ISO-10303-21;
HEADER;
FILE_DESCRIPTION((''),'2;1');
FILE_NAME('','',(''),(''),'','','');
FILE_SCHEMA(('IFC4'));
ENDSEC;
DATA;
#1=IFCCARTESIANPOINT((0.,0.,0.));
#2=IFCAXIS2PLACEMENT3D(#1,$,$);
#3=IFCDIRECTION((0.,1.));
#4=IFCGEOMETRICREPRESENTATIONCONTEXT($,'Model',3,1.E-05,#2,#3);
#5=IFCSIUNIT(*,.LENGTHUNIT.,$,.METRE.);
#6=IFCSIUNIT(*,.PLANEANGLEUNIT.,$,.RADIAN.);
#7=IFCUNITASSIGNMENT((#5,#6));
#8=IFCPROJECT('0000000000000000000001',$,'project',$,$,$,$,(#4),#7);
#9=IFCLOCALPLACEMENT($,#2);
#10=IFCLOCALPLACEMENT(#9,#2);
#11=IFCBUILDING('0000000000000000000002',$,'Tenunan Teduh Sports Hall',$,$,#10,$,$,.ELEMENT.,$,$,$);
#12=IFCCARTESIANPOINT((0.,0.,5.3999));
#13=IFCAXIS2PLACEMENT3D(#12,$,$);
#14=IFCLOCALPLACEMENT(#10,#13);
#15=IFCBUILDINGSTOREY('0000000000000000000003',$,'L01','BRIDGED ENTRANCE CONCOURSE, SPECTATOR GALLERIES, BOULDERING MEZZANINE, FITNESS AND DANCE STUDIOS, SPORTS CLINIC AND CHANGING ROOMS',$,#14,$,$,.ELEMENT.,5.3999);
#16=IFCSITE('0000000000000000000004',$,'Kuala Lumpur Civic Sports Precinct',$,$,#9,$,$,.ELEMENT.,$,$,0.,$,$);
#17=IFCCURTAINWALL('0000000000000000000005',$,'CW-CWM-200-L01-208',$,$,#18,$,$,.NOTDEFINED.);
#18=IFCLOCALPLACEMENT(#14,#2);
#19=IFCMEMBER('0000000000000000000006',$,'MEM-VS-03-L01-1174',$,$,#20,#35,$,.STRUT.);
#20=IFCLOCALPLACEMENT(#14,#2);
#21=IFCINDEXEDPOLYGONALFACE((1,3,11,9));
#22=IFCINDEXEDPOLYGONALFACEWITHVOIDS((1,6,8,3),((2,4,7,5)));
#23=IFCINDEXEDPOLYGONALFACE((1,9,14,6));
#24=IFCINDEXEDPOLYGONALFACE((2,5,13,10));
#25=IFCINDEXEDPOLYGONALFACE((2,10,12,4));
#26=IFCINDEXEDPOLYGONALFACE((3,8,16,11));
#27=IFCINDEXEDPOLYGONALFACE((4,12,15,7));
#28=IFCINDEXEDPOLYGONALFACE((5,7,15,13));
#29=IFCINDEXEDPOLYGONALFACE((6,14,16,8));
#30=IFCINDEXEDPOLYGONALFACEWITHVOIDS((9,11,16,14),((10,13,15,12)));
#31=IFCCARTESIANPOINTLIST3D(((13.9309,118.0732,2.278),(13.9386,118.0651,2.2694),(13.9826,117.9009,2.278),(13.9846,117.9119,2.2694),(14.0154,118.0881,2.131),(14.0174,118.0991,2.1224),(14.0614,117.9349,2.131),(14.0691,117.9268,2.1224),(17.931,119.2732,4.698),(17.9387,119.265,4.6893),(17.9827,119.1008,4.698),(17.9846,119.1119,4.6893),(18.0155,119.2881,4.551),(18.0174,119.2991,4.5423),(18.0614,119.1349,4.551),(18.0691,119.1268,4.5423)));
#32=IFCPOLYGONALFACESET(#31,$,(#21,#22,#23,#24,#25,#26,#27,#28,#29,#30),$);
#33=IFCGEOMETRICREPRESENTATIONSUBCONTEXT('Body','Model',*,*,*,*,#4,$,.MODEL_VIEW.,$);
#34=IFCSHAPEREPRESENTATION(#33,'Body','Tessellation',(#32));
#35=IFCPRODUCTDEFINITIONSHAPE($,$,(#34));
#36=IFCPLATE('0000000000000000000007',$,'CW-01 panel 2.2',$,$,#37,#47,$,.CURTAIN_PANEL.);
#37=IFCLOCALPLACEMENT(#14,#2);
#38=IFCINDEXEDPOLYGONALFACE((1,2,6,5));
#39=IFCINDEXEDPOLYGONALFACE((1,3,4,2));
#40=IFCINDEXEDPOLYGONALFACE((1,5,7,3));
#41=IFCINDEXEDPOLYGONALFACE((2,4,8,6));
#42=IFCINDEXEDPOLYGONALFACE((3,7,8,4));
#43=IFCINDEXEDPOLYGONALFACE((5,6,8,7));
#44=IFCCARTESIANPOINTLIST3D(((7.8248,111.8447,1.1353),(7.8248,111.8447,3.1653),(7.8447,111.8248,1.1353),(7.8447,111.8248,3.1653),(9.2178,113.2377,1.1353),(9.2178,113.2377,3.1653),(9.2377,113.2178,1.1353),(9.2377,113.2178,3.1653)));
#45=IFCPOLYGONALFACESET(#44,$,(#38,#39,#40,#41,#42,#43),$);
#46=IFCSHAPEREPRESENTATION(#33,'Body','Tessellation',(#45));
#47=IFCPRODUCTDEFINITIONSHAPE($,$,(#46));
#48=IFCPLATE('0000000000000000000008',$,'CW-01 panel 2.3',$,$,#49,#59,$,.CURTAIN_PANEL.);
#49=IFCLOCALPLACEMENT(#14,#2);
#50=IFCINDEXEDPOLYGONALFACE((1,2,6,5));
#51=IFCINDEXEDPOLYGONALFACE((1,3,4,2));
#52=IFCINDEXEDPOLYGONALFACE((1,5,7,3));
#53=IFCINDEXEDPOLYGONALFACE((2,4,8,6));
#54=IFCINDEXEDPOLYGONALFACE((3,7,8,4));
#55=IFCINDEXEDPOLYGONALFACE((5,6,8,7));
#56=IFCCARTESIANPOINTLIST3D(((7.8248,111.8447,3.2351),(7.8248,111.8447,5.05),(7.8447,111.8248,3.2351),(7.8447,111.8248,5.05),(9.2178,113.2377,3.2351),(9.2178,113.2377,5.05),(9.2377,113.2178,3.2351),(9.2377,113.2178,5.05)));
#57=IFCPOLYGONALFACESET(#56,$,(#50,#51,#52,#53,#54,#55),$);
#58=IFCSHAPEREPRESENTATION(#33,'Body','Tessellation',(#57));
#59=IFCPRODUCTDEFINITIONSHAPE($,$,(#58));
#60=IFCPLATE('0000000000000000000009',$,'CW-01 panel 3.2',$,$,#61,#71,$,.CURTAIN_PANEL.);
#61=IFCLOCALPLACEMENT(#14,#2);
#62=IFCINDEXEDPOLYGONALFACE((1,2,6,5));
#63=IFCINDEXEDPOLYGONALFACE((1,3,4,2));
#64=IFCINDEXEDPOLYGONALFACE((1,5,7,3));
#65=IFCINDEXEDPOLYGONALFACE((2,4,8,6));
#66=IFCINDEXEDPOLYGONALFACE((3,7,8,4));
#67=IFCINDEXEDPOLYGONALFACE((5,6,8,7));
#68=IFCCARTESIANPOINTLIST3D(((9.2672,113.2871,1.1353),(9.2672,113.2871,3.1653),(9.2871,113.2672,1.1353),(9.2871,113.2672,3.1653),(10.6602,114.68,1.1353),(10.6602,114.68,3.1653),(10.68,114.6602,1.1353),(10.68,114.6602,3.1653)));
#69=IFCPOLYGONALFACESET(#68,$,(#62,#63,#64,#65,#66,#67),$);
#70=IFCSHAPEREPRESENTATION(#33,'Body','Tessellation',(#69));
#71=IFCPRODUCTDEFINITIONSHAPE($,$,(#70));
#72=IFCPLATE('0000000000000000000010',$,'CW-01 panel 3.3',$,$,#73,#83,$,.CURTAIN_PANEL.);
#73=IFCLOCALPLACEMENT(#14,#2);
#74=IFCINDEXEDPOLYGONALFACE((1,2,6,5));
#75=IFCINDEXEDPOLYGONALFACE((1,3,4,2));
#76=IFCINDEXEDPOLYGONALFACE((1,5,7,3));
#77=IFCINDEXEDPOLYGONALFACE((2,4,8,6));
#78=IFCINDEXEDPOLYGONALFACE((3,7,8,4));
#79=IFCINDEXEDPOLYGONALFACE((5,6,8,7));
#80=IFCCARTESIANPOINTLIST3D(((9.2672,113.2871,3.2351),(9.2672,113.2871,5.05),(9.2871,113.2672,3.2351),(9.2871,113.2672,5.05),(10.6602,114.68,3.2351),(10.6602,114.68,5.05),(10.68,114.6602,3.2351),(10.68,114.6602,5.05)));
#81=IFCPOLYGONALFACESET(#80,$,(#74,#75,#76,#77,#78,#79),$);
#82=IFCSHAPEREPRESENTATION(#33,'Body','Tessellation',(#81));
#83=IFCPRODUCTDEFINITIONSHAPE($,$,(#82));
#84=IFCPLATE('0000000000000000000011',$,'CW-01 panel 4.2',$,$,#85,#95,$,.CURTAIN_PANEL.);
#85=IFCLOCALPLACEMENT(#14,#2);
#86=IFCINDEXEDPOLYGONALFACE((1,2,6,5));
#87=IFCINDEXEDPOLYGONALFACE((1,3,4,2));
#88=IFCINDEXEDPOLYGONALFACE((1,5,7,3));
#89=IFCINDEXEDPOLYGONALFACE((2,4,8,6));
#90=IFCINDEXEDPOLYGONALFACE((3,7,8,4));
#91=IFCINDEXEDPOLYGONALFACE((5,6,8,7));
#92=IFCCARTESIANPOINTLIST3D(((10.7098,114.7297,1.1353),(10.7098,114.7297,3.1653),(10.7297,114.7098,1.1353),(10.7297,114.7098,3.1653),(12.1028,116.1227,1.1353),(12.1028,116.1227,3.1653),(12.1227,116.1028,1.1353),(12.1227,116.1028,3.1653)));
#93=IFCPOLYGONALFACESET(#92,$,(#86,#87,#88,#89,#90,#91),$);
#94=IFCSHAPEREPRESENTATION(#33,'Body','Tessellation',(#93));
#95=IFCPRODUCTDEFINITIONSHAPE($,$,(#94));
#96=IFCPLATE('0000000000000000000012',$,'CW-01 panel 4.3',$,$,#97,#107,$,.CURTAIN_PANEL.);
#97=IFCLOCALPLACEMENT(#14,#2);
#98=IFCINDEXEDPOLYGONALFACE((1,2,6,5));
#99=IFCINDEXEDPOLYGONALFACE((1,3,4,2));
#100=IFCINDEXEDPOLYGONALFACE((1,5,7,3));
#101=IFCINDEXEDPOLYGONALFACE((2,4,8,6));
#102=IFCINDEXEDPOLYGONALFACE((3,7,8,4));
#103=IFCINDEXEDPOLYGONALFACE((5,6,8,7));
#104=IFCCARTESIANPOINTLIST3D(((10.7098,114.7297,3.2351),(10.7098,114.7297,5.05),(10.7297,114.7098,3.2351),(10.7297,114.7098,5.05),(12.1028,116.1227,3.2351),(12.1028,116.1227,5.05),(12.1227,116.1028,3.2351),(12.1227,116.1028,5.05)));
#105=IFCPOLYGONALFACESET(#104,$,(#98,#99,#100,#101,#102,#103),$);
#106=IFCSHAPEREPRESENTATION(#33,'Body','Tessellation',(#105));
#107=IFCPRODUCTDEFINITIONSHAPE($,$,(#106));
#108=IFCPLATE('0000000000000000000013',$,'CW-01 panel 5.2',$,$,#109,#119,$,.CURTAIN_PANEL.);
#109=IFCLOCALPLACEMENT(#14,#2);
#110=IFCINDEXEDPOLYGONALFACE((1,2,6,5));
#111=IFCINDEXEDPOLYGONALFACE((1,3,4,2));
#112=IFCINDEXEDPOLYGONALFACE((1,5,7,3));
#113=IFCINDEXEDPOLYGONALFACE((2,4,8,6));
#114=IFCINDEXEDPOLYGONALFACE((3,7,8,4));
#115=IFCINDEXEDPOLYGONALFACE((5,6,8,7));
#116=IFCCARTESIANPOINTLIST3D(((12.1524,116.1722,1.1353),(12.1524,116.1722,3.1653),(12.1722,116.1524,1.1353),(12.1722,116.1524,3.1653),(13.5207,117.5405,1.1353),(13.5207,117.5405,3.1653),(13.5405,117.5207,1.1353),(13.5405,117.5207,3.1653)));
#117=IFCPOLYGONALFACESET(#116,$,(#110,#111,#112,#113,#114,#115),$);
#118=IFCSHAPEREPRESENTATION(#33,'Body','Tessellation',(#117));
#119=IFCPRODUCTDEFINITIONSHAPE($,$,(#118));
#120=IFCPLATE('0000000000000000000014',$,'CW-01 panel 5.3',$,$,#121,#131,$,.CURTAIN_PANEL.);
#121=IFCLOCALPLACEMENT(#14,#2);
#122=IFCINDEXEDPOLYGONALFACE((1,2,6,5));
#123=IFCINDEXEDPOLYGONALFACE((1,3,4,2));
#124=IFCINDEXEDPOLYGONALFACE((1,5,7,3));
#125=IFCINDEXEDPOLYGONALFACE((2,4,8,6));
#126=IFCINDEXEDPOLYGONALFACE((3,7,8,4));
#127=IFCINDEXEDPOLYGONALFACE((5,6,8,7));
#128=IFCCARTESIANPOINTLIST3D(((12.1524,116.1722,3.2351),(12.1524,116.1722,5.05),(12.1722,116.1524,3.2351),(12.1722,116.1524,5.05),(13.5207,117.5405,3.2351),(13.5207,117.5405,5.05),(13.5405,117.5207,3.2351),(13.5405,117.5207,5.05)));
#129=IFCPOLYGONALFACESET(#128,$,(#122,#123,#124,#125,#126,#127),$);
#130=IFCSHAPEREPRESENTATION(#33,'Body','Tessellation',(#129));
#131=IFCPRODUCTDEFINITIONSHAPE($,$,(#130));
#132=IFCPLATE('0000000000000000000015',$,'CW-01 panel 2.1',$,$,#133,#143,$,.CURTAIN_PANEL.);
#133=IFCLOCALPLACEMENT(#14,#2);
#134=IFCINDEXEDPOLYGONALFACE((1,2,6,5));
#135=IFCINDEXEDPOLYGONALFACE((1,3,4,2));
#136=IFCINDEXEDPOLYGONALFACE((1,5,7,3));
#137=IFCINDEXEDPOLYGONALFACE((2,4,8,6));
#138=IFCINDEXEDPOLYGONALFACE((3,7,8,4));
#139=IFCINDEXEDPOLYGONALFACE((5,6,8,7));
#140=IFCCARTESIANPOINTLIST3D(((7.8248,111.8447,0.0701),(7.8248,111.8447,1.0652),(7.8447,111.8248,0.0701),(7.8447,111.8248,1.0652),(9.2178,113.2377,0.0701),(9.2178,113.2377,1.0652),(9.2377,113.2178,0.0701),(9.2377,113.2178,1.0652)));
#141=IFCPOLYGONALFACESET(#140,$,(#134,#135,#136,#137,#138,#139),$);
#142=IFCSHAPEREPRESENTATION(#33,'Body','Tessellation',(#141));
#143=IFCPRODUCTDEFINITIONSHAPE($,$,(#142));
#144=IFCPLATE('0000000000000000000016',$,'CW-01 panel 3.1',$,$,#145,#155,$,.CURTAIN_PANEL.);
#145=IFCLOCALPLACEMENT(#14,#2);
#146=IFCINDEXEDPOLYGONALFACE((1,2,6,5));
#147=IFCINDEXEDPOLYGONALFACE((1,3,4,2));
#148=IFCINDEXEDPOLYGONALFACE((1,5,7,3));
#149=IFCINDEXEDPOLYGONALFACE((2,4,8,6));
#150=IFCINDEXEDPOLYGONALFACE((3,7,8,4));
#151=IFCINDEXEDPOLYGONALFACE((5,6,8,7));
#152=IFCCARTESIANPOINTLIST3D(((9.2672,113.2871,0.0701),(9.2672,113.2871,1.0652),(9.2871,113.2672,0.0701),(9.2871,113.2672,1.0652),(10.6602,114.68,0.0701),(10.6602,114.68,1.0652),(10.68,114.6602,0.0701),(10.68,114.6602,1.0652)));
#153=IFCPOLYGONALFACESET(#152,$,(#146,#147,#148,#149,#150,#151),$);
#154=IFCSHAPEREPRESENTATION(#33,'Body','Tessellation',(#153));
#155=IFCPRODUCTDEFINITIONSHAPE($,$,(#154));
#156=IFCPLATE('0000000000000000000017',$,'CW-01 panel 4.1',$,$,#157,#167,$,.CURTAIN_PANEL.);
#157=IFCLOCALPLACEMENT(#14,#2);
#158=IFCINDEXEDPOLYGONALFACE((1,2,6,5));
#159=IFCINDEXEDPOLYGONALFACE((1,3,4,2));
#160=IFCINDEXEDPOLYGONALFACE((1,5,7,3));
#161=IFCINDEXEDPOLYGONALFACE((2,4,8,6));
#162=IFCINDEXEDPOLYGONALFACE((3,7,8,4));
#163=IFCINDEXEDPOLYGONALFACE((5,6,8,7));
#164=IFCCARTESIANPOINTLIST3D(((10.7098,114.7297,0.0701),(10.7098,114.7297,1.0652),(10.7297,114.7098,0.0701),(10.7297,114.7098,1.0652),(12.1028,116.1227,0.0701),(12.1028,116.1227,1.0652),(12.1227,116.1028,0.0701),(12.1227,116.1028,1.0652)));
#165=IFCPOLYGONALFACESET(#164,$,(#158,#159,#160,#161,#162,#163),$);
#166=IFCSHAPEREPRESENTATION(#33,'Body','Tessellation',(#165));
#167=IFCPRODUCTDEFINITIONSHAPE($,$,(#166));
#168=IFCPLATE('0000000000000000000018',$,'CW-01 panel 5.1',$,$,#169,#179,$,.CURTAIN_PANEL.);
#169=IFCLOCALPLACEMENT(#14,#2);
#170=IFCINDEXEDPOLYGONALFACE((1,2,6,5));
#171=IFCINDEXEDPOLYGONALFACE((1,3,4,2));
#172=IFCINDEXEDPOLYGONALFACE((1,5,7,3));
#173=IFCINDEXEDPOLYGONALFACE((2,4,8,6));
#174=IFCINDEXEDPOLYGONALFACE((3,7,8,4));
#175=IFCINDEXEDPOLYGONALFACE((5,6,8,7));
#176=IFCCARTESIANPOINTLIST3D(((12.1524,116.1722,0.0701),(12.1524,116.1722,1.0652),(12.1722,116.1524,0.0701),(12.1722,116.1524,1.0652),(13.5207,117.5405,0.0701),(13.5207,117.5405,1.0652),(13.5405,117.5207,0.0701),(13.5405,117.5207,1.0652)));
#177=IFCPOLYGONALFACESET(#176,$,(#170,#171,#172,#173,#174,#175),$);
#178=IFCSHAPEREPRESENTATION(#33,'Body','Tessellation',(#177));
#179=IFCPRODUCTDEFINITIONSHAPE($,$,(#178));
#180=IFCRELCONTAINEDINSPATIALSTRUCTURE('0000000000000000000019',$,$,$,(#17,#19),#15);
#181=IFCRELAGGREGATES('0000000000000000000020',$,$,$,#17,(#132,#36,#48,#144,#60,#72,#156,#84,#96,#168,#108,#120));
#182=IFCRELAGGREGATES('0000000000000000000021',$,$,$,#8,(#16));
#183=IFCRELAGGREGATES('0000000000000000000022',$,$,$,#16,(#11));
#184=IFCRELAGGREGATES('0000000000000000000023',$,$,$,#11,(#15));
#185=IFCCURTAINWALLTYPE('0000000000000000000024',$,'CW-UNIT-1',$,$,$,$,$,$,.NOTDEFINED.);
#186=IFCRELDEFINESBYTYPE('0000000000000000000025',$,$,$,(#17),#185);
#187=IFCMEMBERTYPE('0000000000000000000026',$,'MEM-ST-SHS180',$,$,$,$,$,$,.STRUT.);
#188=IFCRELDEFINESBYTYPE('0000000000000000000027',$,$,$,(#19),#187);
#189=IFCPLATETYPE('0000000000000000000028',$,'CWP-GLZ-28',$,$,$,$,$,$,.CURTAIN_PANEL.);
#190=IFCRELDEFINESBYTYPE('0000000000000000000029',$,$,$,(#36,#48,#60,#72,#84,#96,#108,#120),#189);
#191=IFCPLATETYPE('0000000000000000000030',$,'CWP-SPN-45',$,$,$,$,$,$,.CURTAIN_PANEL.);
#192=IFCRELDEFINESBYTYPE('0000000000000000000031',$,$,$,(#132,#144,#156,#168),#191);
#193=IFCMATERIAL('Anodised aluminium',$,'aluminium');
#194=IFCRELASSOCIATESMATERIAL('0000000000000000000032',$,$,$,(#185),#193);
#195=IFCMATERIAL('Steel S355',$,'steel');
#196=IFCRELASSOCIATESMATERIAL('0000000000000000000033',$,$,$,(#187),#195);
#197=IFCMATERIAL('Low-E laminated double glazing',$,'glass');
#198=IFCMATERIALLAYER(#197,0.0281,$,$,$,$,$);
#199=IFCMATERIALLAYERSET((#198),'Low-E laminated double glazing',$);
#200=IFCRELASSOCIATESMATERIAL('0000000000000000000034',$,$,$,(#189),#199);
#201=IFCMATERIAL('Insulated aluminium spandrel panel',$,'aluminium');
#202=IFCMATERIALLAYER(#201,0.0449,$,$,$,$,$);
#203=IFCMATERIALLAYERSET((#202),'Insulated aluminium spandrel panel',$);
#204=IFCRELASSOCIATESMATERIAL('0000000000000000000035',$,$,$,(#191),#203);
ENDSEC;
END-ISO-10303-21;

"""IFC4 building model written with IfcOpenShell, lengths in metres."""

from ifc_helpers import new_model, si_unit, direction, frame, origin, origin_2d, place, context, subcontext, project, spatial, rectangle, hollow_rectangle, extrude, material, layer, layer_set, material_profile, profile_set, type_object, element, aggregate, save


model = new_model("IFC4")

# Units and contexts
model_context = context("Model", 3, precision=1e-05, world=origin(), true_north=direction((0.0, 1.0)))
body_context = subcontext(model_context, "Body", "Model", "MODEL_VIEW")
ifc_project = project(units=[si_unit("LENGTHUNIT", "METRE"), si_unit("PLANEANGLEUNIT", "RADIAN")], contexts=[model_context])

# Site, building, storey
site_placement = place(None, origin())
site = spatial("IfcSite", under=ifc_project, at=site_placement, Name="Kuala Lumpur Civic Sports Precinct", CompositionType="ELEMENT", RefElevation=0.0)
building_placement = place(site_placement, origin())
building = spatial("IfcBuilding", under=site, at=building_placement, Name="Tenunan Teduh Sports Hall", CompositionType="ELEMENT")
storey_placement = place(building_placement, frame((0.0, 0.0, 5.3999)))
storey = spatial("IfcBuildingStorey", under=building, at=storey_placement, Name="L01", Description="BRIDGED ENTRANCE CONCOURSE, SPECTATOR GALLERIES, BOULDERING MEZZANINE, FITNESS AND DANCE STUDIOS, SPORTS CLINIC AND CHANGING ROOMS", CompositionType="ELEMENT", Elevation=5.3999)

# Curtain wall
ifc_material_1 = material(Name="Anodised aluminium", Category="aluminium")
curtain_wall_type = type_object("IfcCurtainWallType", Name="CW-UNIT-1", PredefinedType="NOTDEFINED", material=ifc_material_1)
curtain_wall_1_placement = place(storey_placement, origin())
curtain_wall_1 = element("IfcCurtainWall", 1, at=curtain_wall_1_placement, inside=storey, type_object=curtain_wall_type, Name="CW-CWM-200-L01-208", PredefinedType="NOTDEFINED")

# Member
ifc_material_2 = material(Name="Steel S355", Category="steel")
ifc_material_profile_1 = material_profile(ifc_material_2, hollow_rectangle(XDim=0.1799, YDim=0.1799, WallThickness=0.01, at=origin_2d()), Name="SHS 180x180x10.0")
ifc_profile_set_1 = profile_set([ifc_material_profile_1], Name="Steel S355")
member_type_1 = type_object("IfcMemberType", Name="MEM-ST-SHS180", PredefinedType="STRUT", material=ifc_profile_set_1)
member_1_placement = place(storey_placement, frame((14.0, 118.0, 2.2002), z_axis=(0.828744, 0.248613, 0.501374), x_axis=(-0.287337, 0.95783, 0.0)))
element("IfcMember", 2, at=member_1_placement, inside=storey, type_object=member_type_1, Name="MEM-VS-03-L01-1174", PredefinedType="STRUT", context=body_context, shape_type="SweptSolid", body=[
    extrude(hollow_rectangle(XDim=0.1799, YDim=0.1799, WallThickness=0.01, at=origin_2d()), origin(), (0.0, 0.0, 1.0), 4.8267),
])

# Plates
ifc_material_3 = material(Name="Low-E laminated double glazing", Category="glass")
ifc_layer_1 = layer(ifc_material_3, 0.0281)
ifc_layer_set_1 = layer_set([ifc_layer_1], Name="Low-E laminated double glazing")
plate_type_1 = type_object("IfcPlateType", Name="CWP-GLZ-28", PredefinedType="CURTAIN_PANEL", material=ifc_layer_set_1)
plate_1_placement = place(storey_placement, frame((8.5312, 112.5312, 1.1353), z_axis=(0.0, 0.0, 1.0), x_axis=(0.707107, 0.707107, 0.0)))
plate_1 = element("IfcPlate", 3, at=plate_1_placement, type_object=plate_type_1, Name="CW-01 panel 2.2", PredefinedType="CURTAIN_PANEL", context=body_context, shape_type="SweptSolid", body=[
    extrude(rectangle(XDim=1.97, YDim=0.0281, at=origin_2d()), origin(), (0.0, 0.0, 1.0), 2.03),
])
plate_2_placement = place(storey_placement, frame((8.5312, 112.5312, 3.2351), z_axis=(0.0, 0.0, 1.0), x_axis=(0.707107, 0.707107, 0.0)))
plate_2 = element("IfcPlate", 4, at=plate_2_placement, type_object=plate_type_1, Name="CW-01 panel 2.3", PredefinedType="CURTAIN_PANEL", context=body_context, shape_type="SweptSolid", body=[
    extrude(rectangle(XDim=1.97, YDim=0.0281, at=origin_2d()), origin(), (0.0, 0.0, 1.0), 1.8149),
])
plate_3_placement = place(storey_placement, frame((9.9736, 113.9736, 1.1353), z_axis=(0.0, 0.0, 1.0), x_axis=(0.707107, 0.707107, 0.0)))
plate_3 = element("IfcPlate", 5, at=plate_3_placement, type_object=plate_type_1, Name="CW-01 panel 3.2", PredefinedType="CURTAIN_PANEL", context=body_context, shape_type="SweptSolid", body=[
    extrude(rectangle(XDim=1.97, YDim=0.0281, at=origin_2d()), origin(), (0.0, 0.0, 1.0), 2.03),
])
plate_4_placement = place(storey_placement, frame((9.9736, 113.9736, 3.2351), z_axis=(0.0, 0.0, 1.0), x_axis=(0.707107, 0.707107, 0.0)))
plate_4 = element("IfcPlate", 6, at=plate_4_placement, type_object=plate_type_1, Name="CW-01 panel 3.3", PredefinedType="CURTAIN_PANEL", context=body_context, shape_type="SweptSolid", body=[
    extrude(rectangle(XDim=1.97, YDim=0.0281, at=origin_2d()), origin(), (0.0, 0.0, 1.0), 1.8149),
])
plate_5_placement = place(storey_placement, frame((11.4163, 115.4163, 1.1353), z_axis=(0.0, 0.0, 1.0), x_axis=(0.707107, 0.707107, 0.0)))
plate_5 = element("IfcPlate", 7, at=plate_5_placement, type_object=plate_type_1, Name="CW-01 panel 4.2", PredefinedType="CURTAIN_PANEL", context=body_context, shape_type="SweptSolid", body=[
    extrude(rectangle(XDim=1.97, YDim=0.0281, at=origin_2d()), origin(), (0.0, 0.0, 1.0), 2.03),
])
plate_6_placement = place(storey_placement, frame((11.4163, 115.4163, 3.2351), z_axis=(0.0, 0.0, 1.0), x_axis=(0.707107, 0.707107, 0.0)))
plate_6 = element("IfcPlate", 8, at=plate_6_placement, type_object=plate_type_1, Name="CW-01 panel 4.3", PredefinedType="CURTAIN_PANEL", context=body_context, shape_type="SweptSolid", body=[
    extrude(rectangle(XDim=1.97, YDim=0.0281, at=origin_2d()), origin(), (0.0, 0.0, 1.0), 1.8149),
])
plate_7_placement = place(storey_placement, frame((12.8464, 116.8464, 1.1353), z_axis=(0.0, 0.0, 1.0), x_axis=(0.707107, 0.707107, 0.0)))
plate_7 = element("IfcPlate", 9, at=plate_7_placement, type_object=plate_type_1, Name="CW-01 panel 5.2", PredefinedType="CURTAIN_PANEL", context=body_context, shape_type="SweptSolid", body=[
    extrude(rectangle(XDim=1.9351, YDim=0.0281, at=origin_2d()), origin(), (0.0, 0.0, 1.0), 2.03),
])
plate_8_placement = place(storey_placement, frame((12.8464, 116.8464, 3.2351), z_axis=(0.0, 0.0, 1.0), x_axis=(0.707107, 0.707107, 0.0)))
plate_8 = element("IfcPlate", 10, at=plate_8_placement, type_object=plate_type_1, Name="CW-01 panel 5.3", PredefinedType="CURTAIN_PANEL", context=body_context, shape_type="SweptSolid", body=[
    extrude(rectangle(XDim=1.9351, YDim=0.0281, at=origin_2d()), origin(), (0.0, 0.0, 1.0), 1.8149),
])
ifc_material_4 = material(Name="Insulated aluminium spandrel panel", Category="aluminium")
ifc_layer_2 = layer(ifc_material_4, 0.0449)
ifc_layer_set_2 = layer_set([ifc_layer_2], Name="Insulated aluminium spandrel panel")
plate_type_2 = type_object("IfcPlateType", Name="CWP-SPN-45", PredefinedType="CURTAIN_PANEL", material=ifc_layer_set_2)
plate_9_placement = place(storey_placement, frame((8.5312, 112.5312, 0.0701), z_axis=(0.0, 0.0, 1.0), x_axis=(0.707107, 0.707107, 0.0)))
plate_9 = element("IfcPlate", 11, at=plate_9_placement, type_object=plate_type_2, Name="CW-01 panel 2.1", PredefinedType="CURTAIN_PANEL", context=body_context, shape_type="SweptSolid", body=[
    extrude(rectangle(XDim=1.97, YDim=0.0281, at=origin_2d()), origin(), (0.0, 0.0, 1.0), 0.9951),
])
plate_10_placement = place(storey_placement, frame((9.9736, 113.9736, 0.0701), z_axis=(0.0, 0.0, 1.0), x_axis=(0.707107, 0.707107, 0.0)))
plate_10 = element("IfcPlate", 12, at=plate_10_placement, type_object=plate_type_2, Name="CW-01 panel 3.1", PredefinedType="CURTAIN_PANEL", context=body_context, shape_type="SweptSolid", body=[
    extrude(rectangle(XDim=1.97, YDim=0.0281, at=origin_2d()), origin(), (0.0, 0.0, 1.0), 0.9951),
])
plate_11_placement = place(storey_placement, frame((11.4163, 115.4163, 0.0701), z_axis=(0.0, 0.0, 1.0), x_axis=(0.707107, 0.707107, 0.0)))
plate_11 = element("IfcPlate", 13, at=plate_11_placement, type_object=plate_type_2, Name="CW-01 panel 4.1", PredefinedType="CURTAIN_PANEL", context=body_context, shape_type="SweptSolid", body=[
    extrude(rectangle(XDim=1.97, YDim=0.0281, at=origin_2d()), origin(), (0.0, 0.0, 1.0), 0.9951),
])
plate_12_placement = place(storey_placement, frame((12.8464, 116.8464, 0.0701), z_axis=(0.0, 0.0, 1.0), x_axis=(0.707107, 0.707107, 0.0)))
plate_12 = element("IfcPlate", 14, at=plate_12_placement, type_object=plate_type_2, Name="CW-01 panel 5.1", PredefinedType="CURTAIN_PANEL", context=body_context, shape_type="SweptSolid", body=[
    extrude(rectangle(XDim=1.9351, YDim=0.0281, at=origin_2d()), origin(), (0.0, 0.0, 1.0), 0.9951),
])
aggregate(curtain_wall_1, [plate_9, plate_1, plate_2, plate_10, plate_3, plate_4, plate_11, plate_5, plate_6, plate_12, plate_7, plate_8])

save(model, "model.ifc")
